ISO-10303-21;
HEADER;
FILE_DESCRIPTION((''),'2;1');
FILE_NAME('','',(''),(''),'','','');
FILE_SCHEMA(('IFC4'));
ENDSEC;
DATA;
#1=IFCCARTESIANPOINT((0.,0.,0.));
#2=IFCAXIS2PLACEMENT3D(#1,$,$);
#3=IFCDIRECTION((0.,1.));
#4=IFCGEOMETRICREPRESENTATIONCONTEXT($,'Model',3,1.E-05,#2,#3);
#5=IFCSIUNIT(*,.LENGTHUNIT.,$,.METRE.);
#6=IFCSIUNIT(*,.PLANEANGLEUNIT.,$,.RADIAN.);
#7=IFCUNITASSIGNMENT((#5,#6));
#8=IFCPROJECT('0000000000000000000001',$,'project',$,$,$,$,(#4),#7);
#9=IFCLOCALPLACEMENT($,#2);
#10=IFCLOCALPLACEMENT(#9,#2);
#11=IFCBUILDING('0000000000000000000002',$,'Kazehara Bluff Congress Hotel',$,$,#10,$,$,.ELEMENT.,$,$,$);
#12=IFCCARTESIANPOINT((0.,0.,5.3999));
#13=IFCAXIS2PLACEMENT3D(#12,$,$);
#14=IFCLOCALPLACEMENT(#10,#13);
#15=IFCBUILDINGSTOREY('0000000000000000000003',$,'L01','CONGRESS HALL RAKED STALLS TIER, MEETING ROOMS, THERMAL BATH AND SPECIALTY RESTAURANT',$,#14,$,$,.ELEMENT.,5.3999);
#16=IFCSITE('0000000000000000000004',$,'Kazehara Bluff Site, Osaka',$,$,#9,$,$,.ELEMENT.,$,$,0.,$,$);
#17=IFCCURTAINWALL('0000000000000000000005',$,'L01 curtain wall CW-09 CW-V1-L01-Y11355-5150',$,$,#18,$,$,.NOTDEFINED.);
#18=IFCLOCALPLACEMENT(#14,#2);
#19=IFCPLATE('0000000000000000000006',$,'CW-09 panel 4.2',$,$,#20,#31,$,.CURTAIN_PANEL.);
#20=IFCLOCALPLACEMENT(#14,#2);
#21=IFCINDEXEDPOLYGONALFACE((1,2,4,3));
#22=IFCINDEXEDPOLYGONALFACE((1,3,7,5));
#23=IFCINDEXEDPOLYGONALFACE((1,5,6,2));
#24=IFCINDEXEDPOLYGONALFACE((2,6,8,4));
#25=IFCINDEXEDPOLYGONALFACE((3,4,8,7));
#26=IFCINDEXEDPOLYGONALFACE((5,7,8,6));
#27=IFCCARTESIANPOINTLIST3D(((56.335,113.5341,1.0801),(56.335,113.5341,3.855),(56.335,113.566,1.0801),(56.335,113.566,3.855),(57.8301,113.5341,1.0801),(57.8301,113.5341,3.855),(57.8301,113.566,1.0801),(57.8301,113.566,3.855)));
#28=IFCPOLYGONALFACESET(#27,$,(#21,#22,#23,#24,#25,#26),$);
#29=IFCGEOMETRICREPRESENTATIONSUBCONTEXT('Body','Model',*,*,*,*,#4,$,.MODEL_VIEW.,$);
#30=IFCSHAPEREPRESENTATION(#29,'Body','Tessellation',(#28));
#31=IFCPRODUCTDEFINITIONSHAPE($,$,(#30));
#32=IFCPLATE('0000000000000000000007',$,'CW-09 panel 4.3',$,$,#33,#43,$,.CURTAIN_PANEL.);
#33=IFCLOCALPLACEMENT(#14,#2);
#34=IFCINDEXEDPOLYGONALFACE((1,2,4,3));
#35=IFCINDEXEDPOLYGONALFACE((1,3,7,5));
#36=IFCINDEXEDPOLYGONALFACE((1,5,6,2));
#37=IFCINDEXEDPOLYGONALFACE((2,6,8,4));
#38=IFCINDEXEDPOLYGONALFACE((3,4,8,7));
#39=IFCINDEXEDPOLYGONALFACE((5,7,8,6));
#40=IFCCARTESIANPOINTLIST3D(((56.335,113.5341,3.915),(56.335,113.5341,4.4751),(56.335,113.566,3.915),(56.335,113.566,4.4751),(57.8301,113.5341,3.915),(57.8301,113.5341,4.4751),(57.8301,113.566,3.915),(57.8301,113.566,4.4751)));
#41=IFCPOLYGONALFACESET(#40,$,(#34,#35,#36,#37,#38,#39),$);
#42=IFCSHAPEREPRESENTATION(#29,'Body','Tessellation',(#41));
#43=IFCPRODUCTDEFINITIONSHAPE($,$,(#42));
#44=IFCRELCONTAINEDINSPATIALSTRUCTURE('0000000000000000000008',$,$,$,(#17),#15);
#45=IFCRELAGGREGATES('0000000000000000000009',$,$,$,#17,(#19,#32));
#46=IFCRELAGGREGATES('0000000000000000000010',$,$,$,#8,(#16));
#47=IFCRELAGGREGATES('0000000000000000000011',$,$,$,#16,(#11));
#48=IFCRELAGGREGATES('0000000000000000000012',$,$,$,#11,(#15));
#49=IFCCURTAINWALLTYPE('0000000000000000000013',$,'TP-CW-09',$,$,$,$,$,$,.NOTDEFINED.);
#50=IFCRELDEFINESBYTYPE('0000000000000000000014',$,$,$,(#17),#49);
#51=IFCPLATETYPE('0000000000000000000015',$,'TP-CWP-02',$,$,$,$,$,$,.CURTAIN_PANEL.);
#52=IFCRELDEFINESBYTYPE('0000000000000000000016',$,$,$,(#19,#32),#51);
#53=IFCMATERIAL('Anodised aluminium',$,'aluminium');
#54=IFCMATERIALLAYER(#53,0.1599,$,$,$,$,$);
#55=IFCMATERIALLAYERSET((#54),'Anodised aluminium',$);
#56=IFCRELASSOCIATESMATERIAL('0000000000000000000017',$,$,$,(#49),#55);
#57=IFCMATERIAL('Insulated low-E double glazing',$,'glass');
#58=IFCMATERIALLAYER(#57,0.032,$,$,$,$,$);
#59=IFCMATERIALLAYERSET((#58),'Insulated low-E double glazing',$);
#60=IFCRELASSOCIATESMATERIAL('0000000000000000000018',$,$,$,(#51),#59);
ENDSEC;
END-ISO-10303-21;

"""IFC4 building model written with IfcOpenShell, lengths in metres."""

from ifc_helpers import new_model, si_unit, direction, frame, origin, origin_2d, place, context, subcontext, project, spatial, rectangle, extrude, material, layer, layer_set, type_object, element, aggregate, save


model = new_model("IFC4")

# Units and contexts
model_context = context("Model", 3, precision=1e-05, world=origin(), true_north=direction((0.0, 1.0)))
body_context = subcontext(model_context, "Body", "Model", "MODEL_VIEW")
ifc_project = project(units=[si_unit("LENGTHUNIT", "METRE"), si_unit("PLANEANGLEUNIT", "RADIAN")], contexts=[model_context])

# Site, building, storey
site_placement = place(None, origin())
site = spatial("IfcSite", under=ifc_project, at=site_placement, Name="Kazehara Bluff Site, Osaka", CompositionType="ELEMENT", RefElevation=0.0)
building_placement = place(site_placement, origin())
building = spatial("IfcBuilding", under=site, at=building_placement, Name="Kazehara Bluff Congress Hotel", CompositionType="ELEMENT")
storey_placement = place(building_placement, frame((0.0, 0.0, 5.3999)))
storey = spatial("IfcBuildingStorey", under=building, at=storey_placement, Name="L01", Description="CONGRESS HALL RAKED STALLS TIER, MEETING ROOMS, THERMAL BATH AND SPECIALTY RESTAURANT", CompositionType="ELEMENT", Elevation=5.3999)

# Curtain wall, plates
ifc_material_1 = material(Name="Anodised aluminium", Category="aluminium")
ifc_layer_1 = layer(ifc_material_1, 0.1599)
ifc_layer_set_1 = layer_set([ifc_layer_1], Name="Anodised aluminium")
curtain_wall_type = type_object("IfcCurtainWallType", Name="TP-CW-09", PredefinedType="NOTDEFINED", material=ifc_layer_set_1)
curtain_wall_placement = place(storey_placement, origin())
curtain_wall = element("IfcCurtainWall", 1, at=curtain_wall_placement, inside=storey, type_object=curtain_wall_type, Name="L01 curtain wall CW-09 CW-V1-L01-Y11355-5150", PredefinedType="NOTDEFINED")
ifc_material_2 = material(Name="Insulated low-E double glazing", Category="glass")
ifc_layer_2 = layer(ifc_material_2, 0.032)
ifc_layer_set_2 = layer_set([ifc_layer_2], Name="Insulated low-E double glazing")
plate_type = type_object("IfcPlateType", Name="TP-CWP-02", PredefinedType="CURTAIN_PANEL", material=ifc_layer_set_2)
plate_1_placement = place(storey_placement, frame((57.0825, 113.55, 1.0801), z_axis=(0.0, 0.0, 1.0), x_axis=(1.0, 0.0, 0.0)))
plate_1 = element("IfcPlate", 2, at=plate_1_placement, type_object=plate_type, Name="CW-09 panel 4.2", PredefinedType="CURTAIN_PANEL", context=body_context, shape_type="SweptSolid", body=[
    extrude(rectangle(XDim=1.4951, YDim=0.032, at=origin_2d()), origin(), (0.0, 0.0, 1.0), 2.7749),
])
plate_2_placement = place(storey_placement, frame((57.0825, 113.55, 3.915), z_axis=(0.0, 0.0, 1.0), x_axis=(1.0, 0.0, 0.0)))
plate_2 = element("IfcPlate", 3, at=plate_2_placement, type_object=plate_type, Name="CW-09 panel 4.3", PredefinedType="CURTAIN_PANEL", context=body_context, shape_type="SweptSolid", body=[
    extrude(rectangle(XDim=1.4951, YDim=0.032, at=origin_2d()), origin(), (0.0, 0.0, 1.0), 0.5601),
])
aggregate(curtain_wall, [plate_1, plate_2])

save(model, "model.ifc")
